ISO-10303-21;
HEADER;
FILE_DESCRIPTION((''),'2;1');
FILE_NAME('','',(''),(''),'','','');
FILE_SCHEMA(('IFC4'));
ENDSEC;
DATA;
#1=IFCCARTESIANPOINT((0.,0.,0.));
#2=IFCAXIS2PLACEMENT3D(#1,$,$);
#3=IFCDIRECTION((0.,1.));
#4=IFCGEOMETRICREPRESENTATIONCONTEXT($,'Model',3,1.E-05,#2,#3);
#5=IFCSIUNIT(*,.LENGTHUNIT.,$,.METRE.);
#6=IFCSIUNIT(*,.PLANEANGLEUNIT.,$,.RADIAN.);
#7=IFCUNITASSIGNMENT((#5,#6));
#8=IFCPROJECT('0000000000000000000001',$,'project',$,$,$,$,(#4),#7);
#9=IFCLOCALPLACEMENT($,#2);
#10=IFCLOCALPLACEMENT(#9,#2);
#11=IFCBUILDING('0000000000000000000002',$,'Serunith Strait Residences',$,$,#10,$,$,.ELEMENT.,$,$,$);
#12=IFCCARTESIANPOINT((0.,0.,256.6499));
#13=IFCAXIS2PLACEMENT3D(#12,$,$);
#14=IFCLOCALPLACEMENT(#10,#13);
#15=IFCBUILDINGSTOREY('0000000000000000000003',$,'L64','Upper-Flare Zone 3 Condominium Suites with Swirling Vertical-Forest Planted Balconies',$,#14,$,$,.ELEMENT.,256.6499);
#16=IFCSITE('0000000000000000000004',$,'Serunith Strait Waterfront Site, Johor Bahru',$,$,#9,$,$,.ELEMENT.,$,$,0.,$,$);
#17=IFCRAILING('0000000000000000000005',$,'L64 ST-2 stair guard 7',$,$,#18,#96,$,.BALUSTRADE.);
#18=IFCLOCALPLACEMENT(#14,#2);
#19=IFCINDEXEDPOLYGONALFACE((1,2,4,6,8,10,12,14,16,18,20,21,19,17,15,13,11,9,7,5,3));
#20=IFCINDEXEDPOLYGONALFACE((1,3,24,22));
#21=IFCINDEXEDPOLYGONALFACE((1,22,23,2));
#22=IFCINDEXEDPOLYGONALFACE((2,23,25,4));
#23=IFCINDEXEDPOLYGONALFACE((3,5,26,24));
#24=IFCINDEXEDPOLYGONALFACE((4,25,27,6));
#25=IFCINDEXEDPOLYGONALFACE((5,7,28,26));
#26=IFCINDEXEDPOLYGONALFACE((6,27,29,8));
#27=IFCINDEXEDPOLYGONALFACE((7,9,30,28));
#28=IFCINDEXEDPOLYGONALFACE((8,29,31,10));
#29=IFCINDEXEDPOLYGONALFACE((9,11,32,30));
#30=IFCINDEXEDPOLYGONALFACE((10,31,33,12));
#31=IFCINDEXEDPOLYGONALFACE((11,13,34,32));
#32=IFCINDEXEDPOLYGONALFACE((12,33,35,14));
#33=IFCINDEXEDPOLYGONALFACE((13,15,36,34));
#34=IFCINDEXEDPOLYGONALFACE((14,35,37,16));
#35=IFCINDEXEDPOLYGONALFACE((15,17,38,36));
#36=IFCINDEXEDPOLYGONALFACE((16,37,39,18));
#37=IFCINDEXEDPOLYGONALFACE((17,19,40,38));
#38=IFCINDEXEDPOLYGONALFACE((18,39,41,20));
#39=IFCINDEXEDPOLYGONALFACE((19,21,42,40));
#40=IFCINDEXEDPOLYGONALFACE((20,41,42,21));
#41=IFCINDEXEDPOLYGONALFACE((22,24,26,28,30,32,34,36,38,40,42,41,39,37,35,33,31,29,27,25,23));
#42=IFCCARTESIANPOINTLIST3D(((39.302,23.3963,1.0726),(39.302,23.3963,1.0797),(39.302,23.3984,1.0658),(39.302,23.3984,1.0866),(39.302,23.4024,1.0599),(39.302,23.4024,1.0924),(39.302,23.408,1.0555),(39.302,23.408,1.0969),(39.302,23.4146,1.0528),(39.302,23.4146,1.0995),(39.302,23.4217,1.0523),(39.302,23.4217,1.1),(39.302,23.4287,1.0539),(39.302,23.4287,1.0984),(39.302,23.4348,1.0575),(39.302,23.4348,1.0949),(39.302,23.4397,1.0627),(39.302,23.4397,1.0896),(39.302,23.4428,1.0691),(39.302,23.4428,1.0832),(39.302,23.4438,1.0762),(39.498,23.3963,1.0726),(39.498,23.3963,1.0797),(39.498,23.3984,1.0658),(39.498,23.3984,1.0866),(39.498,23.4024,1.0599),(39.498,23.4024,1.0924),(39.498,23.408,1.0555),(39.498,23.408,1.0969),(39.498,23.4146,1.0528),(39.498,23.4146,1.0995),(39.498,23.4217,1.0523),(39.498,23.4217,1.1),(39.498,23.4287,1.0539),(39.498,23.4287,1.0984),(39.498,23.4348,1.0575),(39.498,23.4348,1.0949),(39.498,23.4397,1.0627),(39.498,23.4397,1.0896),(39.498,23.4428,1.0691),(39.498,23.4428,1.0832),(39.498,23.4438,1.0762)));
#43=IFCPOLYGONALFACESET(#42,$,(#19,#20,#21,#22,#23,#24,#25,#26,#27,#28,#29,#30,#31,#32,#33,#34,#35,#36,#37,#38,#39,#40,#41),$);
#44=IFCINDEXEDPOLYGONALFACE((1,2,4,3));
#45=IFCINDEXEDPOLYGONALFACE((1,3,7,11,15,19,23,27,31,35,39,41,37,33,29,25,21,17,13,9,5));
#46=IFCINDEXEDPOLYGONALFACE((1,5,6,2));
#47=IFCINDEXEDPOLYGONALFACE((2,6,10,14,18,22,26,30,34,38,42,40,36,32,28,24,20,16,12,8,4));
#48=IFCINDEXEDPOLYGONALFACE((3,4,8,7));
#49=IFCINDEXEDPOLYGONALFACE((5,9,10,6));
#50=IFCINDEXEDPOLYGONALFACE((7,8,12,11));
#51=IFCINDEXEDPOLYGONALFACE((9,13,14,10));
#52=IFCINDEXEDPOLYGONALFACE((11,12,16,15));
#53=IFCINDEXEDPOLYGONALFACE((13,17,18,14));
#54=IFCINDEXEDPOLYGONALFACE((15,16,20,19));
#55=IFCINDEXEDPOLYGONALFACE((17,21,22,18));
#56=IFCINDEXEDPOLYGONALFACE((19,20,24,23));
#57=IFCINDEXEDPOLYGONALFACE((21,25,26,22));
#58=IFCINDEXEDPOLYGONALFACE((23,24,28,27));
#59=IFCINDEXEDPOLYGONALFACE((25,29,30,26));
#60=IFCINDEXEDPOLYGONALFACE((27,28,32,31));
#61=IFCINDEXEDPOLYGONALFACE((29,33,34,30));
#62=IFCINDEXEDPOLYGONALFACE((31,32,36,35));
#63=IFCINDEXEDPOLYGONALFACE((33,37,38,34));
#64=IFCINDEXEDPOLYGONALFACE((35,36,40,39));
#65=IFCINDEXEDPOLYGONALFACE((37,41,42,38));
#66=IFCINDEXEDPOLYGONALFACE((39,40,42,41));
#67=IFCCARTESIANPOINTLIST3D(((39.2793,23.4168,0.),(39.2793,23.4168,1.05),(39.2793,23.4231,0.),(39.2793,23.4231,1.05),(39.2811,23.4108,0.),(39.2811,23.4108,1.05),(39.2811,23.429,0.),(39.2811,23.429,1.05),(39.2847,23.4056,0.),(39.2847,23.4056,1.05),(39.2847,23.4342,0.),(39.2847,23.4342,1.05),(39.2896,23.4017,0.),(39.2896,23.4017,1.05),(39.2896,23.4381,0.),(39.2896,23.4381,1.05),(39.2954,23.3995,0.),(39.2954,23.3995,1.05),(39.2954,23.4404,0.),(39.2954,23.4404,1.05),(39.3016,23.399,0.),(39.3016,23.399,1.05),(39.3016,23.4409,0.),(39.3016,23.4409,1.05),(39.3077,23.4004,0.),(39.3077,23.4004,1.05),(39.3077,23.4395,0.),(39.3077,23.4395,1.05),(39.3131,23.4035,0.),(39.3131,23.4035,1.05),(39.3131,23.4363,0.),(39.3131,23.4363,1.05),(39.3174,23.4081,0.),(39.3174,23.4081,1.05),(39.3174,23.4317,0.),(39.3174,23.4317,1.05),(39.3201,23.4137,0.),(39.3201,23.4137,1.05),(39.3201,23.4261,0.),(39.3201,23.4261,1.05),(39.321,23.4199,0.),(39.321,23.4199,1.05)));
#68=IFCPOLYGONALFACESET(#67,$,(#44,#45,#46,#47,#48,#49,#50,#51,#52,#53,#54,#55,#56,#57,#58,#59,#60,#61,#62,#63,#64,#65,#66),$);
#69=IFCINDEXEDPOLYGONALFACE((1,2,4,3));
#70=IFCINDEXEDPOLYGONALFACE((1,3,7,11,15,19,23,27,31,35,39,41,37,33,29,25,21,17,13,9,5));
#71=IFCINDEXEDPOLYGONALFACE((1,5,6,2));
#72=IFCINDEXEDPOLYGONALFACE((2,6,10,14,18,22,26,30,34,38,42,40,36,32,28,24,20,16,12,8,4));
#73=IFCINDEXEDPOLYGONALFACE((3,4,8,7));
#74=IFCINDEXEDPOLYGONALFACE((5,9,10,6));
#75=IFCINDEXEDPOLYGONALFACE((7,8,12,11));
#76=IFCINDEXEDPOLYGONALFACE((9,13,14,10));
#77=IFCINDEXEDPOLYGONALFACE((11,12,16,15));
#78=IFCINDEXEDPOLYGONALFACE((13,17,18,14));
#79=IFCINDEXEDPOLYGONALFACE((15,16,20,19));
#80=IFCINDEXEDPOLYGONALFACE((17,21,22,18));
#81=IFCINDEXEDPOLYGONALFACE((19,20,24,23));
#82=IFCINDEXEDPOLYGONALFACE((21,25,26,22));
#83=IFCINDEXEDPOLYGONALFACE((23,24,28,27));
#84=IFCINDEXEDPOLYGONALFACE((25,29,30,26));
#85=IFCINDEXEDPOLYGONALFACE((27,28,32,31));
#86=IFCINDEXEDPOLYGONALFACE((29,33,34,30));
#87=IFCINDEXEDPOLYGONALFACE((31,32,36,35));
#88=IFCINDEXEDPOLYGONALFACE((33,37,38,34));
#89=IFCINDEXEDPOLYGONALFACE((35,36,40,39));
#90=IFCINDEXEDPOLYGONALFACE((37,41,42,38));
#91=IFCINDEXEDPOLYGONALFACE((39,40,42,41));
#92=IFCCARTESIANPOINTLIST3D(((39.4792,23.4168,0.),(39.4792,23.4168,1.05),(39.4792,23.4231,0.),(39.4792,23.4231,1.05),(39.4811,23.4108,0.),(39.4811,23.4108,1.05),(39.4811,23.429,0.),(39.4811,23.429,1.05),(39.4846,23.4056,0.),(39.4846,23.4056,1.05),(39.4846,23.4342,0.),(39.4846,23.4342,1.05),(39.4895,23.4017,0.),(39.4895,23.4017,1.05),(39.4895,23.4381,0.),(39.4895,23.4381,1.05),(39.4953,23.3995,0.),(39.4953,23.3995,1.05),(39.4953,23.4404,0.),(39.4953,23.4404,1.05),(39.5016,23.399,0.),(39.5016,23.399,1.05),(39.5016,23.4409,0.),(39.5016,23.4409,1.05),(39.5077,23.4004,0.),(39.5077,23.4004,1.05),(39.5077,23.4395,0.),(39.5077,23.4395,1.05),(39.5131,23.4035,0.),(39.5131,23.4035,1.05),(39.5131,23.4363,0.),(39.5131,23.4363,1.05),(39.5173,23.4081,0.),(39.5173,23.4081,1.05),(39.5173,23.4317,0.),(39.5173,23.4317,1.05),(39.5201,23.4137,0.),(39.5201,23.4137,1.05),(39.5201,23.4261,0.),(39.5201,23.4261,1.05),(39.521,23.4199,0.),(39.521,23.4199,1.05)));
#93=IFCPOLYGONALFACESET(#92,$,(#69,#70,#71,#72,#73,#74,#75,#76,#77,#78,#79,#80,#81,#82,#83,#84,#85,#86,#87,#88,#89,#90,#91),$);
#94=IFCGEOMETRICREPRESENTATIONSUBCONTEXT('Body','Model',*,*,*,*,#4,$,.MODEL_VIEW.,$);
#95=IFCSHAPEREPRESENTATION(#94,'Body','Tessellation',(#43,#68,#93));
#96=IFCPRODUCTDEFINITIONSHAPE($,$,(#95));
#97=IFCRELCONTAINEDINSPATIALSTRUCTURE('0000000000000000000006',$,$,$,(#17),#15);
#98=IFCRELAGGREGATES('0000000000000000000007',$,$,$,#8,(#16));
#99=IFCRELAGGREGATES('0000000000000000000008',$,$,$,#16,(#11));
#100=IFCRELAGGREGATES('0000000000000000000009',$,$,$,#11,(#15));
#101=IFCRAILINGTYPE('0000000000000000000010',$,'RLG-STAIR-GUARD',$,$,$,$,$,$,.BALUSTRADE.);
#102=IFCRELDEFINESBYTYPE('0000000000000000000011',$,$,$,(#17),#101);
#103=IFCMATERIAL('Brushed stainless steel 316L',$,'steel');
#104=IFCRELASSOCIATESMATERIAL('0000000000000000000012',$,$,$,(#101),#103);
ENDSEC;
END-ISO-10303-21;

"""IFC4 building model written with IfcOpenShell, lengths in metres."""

from ifc_helpers import new_model, si_unit, direction, frame, origin, origin_2d, place, context, subcontext, project, spatial, circle, extrude, material, type_object, element, save


model = new_model("IFC4")

# Units and contexts
model_context = context("Model", 3, precision=1e-05, world=origin(), true_north=direction((0.0, 1.0)))
body_context = subcontext(model_context, "Body", "Model", "MODEL_VIEW")
ifc_project = project(units=[si_unit("LENGTHUNIT", "METRE"), si_unit("PLANEANGLEUNIT", "RADIAN")], contexts=[model_context])

# Site, building, storey
site_placement = place(None, origin())
site = spatial("IfcSite", under=ifc_project, at=site_placement, Name="Serunith Strait Waterfront Site, Johor Bahru", CompositionType="ELEMENT", RefElevation=0.0)
building_placement = place(site_placement, origin())
building = spatial("IfcBuilding", under=site, at=building_placement, Name="Serunith Strait Residences", CompositionType="ELEMENT")
storey_placement = place(building_placement, frame((0.0, 0.0, 256.6499)))
storey = spatial("IfcBuildingStorey", under=building, at=storey_placement, Name="L64", Description="Upper-Flare Zone 3 Condominium Suites with Swirling Vertical-Forest Planted Balconies", CompositionType="ELEMENT", Elevation=256.6499)

# Railing
ifc_material_1 = material(Name="Brushed stainless steel 316L", Category="steel")
railing_type_1 = type_object("IfcRailingType", Name="RLG-STAIR-GUARD", PredefinedType="BALUSTRADE", material=ifc_material_1)
railing_1_placement = place(storey_placement, frame((39.3, 23.4199, 0.0)))
element("IfcRailing", 1, at=railing_1_placement, inside=storey, type_object=railing_type_1, Name="L64 ST-2 stair guard 7", PredefinedType="BALUSTRADE", context=body_context, shape_type="SweptSolid", body=[
    extrude(circle(Radius=0.0239, at=origin_2d()), frame((0.002, 0.0, 1.0762), z_axis=(1.0, 0.0, 0.0), x_axis=(0.0, 1.0, 0.0)), (0.0, 0.0, 1.0), 0.196),
    extrude(circle(Radius=0.021, at=origin_2d()), origin(), (0.0, 0.0, 1.0), 1.05),
    extrude(circle(Radius=0.021, at=origin_2d()), frame((0.2, 0.0, 0.0)), (0.0, 0.0, 1.0), 1.05),
])

save(model, "model.ifc")
